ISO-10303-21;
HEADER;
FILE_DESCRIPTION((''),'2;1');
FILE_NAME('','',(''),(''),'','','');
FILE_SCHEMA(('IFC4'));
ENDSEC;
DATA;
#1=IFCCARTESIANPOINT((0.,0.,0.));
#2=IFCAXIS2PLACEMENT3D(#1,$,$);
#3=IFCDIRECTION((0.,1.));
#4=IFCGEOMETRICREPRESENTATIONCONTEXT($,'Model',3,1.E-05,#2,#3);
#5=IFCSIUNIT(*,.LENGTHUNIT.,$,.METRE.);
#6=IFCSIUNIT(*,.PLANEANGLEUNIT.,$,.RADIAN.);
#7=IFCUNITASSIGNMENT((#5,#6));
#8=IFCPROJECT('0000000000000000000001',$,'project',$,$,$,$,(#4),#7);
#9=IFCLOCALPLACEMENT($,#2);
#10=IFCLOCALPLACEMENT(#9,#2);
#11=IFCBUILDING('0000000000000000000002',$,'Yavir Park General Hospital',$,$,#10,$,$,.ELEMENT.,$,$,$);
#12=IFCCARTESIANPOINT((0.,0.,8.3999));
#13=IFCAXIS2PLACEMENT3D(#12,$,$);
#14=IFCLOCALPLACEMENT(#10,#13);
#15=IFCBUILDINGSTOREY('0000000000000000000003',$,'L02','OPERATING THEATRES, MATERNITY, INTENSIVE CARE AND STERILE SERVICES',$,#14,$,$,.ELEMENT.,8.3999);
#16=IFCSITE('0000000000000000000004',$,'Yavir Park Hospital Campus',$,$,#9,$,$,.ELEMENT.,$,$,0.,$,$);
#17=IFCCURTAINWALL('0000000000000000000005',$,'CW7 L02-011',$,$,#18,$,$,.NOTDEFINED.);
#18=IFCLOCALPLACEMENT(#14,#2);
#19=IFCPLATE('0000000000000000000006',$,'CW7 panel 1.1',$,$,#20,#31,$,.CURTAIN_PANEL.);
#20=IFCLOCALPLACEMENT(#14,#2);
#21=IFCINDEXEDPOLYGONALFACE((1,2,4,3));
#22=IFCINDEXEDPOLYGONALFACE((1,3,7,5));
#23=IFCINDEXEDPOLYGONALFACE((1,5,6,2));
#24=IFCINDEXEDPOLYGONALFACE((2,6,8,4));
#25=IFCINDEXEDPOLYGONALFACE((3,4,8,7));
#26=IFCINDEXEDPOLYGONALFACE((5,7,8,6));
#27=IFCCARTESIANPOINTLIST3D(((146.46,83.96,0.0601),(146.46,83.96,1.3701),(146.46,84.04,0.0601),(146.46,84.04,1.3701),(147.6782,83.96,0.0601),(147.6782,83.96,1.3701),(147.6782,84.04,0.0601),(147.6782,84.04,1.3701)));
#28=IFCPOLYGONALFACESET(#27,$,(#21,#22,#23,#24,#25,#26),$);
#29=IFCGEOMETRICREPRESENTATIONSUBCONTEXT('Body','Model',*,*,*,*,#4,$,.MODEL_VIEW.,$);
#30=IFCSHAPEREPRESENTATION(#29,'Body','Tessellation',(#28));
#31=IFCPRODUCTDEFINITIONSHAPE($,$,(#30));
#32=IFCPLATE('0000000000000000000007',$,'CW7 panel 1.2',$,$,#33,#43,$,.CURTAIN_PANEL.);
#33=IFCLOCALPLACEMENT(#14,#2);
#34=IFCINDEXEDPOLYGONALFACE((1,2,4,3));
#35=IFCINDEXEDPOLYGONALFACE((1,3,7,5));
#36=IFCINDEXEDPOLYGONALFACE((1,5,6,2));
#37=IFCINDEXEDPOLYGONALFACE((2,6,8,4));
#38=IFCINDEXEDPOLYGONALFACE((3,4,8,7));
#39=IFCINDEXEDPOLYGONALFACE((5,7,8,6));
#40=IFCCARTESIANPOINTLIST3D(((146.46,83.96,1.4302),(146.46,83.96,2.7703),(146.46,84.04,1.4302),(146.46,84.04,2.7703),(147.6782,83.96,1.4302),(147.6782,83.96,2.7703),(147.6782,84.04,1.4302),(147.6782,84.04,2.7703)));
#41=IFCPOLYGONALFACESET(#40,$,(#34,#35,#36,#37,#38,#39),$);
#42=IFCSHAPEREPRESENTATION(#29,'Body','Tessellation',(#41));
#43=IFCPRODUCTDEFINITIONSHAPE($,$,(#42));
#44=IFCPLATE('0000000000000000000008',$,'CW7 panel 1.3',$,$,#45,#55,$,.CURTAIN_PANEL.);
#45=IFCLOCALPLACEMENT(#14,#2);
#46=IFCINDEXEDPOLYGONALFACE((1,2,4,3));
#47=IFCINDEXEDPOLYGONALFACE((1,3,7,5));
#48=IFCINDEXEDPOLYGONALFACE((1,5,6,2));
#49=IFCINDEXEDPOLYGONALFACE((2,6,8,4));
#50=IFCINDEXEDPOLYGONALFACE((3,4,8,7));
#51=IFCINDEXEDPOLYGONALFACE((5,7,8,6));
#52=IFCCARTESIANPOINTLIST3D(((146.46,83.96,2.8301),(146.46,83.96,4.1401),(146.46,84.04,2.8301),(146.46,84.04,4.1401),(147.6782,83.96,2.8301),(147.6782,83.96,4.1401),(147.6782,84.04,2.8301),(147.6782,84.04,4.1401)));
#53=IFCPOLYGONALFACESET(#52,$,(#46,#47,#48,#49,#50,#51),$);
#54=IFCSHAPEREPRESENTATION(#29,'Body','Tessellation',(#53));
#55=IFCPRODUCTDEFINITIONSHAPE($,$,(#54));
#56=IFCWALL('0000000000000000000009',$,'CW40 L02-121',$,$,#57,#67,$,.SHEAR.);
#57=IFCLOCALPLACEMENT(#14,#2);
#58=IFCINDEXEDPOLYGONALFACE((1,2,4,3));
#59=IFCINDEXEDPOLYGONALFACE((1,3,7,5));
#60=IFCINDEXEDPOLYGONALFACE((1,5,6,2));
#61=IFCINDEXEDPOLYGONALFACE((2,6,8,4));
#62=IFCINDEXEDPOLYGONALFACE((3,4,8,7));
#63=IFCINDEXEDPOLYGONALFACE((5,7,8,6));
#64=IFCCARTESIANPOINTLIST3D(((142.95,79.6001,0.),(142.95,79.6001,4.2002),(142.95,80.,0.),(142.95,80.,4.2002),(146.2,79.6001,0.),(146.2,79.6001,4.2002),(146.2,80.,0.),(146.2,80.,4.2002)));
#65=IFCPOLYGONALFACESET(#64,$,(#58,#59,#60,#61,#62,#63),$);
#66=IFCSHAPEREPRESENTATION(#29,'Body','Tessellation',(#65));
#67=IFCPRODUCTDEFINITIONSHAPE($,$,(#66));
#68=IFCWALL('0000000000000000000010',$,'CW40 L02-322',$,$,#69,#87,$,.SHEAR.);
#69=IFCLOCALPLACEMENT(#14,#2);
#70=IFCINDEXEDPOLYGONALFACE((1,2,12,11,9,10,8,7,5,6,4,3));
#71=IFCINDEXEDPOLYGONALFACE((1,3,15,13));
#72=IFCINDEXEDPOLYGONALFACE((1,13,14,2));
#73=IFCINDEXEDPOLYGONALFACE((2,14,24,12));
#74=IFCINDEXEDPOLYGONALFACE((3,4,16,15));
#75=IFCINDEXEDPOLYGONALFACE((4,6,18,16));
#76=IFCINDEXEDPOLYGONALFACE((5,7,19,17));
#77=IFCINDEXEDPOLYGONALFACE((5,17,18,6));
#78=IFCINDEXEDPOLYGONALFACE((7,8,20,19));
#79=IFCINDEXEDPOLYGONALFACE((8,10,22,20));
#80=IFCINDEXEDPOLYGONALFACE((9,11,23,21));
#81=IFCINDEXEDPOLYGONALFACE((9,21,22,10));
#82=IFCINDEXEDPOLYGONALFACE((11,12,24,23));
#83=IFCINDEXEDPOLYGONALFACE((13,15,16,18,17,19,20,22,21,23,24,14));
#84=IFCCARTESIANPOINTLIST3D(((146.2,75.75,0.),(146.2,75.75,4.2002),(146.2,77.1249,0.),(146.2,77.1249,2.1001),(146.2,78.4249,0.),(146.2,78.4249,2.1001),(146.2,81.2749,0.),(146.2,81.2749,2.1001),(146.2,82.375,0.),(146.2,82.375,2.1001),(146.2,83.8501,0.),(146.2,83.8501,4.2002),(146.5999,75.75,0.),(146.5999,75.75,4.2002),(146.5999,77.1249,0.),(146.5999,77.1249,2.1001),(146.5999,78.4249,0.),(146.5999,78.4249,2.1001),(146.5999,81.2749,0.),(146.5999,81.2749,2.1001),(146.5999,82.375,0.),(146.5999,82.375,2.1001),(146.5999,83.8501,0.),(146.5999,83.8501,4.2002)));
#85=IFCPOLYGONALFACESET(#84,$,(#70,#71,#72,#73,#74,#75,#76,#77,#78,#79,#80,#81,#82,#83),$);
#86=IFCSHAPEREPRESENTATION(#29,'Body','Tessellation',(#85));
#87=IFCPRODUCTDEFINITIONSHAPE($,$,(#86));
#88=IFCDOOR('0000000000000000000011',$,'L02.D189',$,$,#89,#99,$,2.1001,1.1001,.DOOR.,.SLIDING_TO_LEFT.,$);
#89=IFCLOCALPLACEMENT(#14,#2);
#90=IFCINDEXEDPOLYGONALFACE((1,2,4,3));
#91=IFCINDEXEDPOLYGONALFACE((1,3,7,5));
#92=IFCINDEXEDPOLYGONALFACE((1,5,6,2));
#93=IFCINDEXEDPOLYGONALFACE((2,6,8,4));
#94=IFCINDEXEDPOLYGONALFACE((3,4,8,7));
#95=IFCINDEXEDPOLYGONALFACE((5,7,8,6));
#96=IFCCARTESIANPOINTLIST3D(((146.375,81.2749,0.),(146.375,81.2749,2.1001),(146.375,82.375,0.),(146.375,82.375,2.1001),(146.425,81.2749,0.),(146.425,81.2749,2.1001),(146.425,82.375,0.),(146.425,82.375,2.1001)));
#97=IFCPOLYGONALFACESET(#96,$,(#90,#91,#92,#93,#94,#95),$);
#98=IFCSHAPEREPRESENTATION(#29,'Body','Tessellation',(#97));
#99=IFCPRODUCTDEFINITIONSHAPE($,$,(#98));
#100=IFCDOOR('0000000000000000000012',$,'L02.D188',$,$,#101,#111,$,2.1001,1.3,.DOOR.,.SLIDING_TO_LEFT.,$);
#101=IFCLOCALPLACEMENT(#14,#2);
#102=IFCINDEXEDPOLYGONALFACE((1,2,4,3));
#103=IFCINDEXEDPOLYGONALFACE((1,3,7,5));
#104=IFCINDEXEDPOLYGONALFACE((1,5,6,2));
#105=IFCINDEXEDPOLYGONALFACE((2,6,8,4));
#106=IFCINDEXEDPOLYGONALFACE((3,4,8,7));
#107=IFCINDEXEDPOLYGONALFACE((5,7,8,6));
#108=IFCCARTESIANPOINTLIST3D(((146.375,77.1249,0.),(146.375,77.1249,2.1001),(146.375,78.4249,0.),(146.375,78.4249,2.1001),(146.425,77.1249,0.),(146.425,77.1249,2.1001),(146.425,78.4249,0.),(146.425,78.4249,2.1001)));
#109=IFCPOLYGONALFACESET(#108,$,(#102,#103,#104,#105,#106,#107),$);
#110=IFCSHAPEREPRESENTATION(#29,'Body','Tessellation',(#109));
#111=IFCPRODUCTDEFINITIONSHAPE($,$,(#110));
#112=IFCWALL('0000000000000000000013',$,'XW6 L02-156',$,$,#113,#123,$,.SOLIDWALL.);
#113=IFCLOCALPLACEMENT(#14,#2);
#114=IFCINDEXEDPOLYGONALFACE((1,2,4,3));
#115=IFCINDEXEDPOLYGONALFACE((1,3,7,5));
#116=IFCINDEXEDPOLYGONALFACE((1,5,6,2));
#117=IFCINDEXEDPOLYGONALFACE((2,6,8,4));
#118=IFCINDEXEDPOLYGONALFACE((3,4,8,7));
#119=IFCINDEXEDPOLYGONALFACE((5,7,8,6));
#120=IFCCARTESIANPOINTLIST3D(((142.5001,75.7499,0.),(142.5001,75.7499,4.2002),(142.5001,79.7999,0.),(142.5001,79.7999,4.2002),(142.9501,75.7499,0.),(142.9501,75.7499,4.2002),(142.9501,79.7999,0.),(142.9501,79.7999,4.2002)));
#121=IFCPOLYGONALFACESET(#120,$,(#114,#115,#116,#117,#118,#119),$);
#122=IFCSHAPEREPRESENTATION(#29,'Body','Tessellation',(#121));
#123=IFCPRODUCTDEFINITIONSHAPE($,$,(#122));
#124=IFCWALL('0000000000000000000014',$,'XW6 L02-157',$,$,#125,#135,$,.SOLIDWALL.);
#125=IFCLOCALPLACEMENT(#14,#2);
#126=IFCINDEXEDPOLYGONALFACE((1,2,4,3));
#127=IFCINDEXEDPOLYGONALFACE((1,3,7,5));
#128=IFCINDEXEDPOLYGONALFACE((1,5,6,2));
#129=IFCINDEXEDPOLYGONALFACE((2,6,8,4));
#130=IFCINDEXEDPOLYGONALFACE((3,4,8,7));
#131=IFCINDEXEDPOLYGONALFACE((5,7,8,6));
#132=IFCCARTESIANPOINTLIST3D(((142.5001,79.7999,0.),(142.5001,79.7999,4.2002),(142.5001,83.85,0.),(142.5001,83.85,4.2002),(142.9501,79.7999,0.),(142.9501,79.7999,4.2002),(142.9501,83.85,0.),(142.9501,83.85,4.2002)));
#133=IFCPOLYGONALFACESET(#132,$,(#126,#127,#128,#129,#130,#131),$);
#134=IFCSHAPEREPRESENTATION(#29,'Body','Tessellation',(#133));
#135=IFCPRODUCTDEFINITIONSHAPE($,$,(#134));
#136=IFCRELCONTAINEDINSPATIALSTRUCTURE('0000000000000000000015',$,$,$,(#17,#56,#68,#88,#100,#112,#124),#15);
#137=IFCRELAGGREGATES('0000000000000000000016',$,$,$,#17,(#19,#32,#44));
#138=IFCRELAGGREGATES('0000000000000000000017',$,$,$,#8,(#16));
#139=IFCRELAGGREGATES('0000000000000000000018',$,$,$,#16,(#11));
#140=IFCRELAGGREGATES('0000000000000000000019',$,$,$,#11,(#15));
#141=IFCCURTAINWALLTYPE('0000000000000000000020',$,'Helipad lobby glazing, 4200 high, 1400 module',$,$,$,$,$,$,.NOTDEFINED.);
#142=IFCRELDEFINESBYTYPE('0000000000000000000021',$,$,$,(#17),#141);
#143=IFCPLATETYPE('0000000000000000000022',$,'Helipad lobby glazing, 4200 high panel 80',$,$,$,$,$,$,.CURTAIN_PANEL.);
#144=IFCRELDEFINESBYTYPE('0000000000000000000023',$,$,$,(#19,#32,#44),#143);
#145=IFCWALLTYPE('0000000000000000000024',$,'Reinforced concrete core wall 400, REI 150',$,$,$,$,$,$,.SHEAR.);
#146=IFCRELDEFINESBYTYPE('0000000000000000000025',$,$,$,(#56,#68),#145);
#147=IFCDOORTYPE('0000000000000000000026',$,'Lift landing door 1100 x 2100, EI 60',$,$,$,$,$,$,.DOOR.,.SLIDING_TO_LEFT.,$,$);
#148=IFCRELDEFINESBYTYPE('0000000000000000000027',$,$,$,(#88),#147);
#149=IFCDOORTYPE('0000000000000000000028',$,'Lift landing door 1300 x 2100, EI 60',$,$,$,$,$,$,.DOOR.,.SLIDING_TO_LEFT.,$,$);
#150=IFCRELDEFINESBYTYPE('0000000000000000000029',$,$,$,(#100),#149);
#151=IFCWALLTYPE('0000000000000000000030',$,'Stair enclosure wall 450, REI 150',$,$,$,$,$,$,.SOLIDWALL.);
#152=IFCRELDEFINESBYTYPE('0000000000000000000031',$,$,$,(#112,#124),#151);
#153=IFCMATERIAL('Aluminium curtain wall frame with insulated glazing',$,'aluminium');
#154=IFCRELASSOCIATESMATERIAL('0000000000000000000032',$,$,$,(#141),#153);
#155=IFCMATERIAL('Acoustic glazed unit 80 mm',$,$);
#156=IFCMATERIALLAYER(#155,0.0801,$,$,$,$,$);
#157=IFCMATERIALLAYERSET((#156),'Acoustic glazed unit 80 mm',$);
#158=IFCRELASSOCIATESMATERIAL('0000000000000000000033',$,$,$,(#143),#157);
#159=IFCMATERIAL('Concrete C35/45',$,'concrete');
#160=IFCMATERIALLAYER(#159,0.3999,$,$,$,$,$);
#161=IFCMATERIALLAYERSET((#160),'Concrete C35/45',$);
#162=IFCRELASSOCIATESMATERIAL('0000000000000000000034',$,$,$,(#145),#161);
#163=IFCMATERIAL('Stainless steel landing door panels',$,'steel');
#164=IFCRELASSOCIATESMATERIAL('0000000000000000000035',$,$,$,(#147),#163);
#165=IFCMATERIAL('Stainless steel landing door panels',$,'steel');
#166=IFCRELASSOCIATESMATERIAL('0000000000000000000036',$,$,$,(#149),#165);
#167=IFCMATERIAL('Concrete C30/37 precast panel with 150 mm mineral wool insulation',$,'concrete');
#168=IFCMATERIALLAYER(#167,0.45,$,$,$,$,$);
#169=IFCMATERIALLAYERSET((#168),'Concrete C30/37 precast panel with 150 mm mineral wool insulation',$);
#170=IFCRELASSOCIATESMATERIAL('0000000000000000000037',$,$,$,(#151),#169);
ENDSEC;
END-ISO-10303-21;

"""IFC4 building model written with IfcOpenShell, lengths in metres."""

from ifc_helpers import new_model, si_unit, direction, frame, frame_2d, origin, origin_2d, place, context, subcontext, project, spatial, rectangle, extrude, material, layer, layer_set, type_object, element, fill, aggregate, save


model = new_model("IFC4")

# Units and contexts
model_context = context("Model", 3, precision=1e-05, world=origin(), true_north=direction((0.0, 1.0)))
body_context = subcontext(model_context, "Body", "Model", "MODEL_VIEW")
ifc_project = project(units=[si_unit("LENGTHUNIT", "METRE"), si_unit("PLANEANGLEUNIT", "RADIAN")], contexts=[model_context])

# Site, building, storey
site_placement = place(None, origin())
site = spatial("IfcSite", under=ifc_project, at=site_placement, Name="Yavir Park Hospital Campus", CompositionType="ELEMENT", RefElevation=0.0)
building_placement = place(site_placement, origin())
building = spatial("IfcBuilding", under=site, at=building_placement, Name="Yavir Park General Hospital", CompositionType="ELEMENT")
storey_placement = place(building_placement, frame((0.0, 0.0, 8.3999)))
storey = spatial("IfcBuildingStorey", under=building, at=storey_placement, Name="L02", Description="OPERATING THEATRES, MATERNITY, INTENSIVE CARE AND STERILE SERVICES", CompositionType="ELEMENT", Elevation=8.3999)

# Curtain wall
ifc_material_1 = material(Name="Aluminium curtain wall frame with insulated glazing", Category="aluminium")
curtain_wall_type = type_object("IfcCurtainWallType", Name="Helipad lobby glazing, 4200 high, 1400 module", PredefinedType="NOTDEFINED", material=ifc_material_1)
curtain_wall_placement = place(storey_placement, origin())
curtain_wall = element("IfcCurtainWall", 1, at=curtain_wall_placement, inside=storey, type_object=curtain_wall_type, Name="CW7 L02-011", PredefinedType="NOTDEFINED")

# Plates
ifc_material_2 = material(Name="Acoustic glazed unit 80 mm")
ifc_layer_1 = layer(ifc_material_2, 0.0801)
ifc_layer_set_1 = layer_set([ifc_layer_1], Name="Acoustic glazed unit 80 mm")
plate_type = type_object("IfcPlateType", Name="Helipad lobby glazing, 4200 high panel 80", PredefinedType="CURTAIN_PANEL", material=ifc_layer_set_1)
plate_1_placement = place(storey_placement, frame((147.0691, 84.0, 0.0601), z_axis=(0.0, 0.0, 1.0), x_axis=(1.0, 0.0, 0.0)))
plate_1 = element("IfcPlate", 2, at=plate_1_placement, type_object=plate_type, Name="CW7 panel 1.1", PredefinedType="CURTAIN_PANEL", context=body_context, shape_type="SweptSolid", body=[
    extrude(rectangle(XDim=1.2183, YDim=0.0801, at=origin_2d()), origin(), (0.0, 0.0, 1.0), 1.3101),
])
plate_2_placement = place(storey_placement, frame((147.0691, 84.0, 1.4302), z_axis=(0.0, 0.0, 1.0), x_axis=(1.0, 0.0, 0.0)))
plate_2 = element("IfcPlate", 3, at=plate_2_placement, type_object=plate_type, Name="CW7 panel 1.2", PredefinedType="CURTAIN_PANEL", context=body_context, shape_type="SweptSolid", body=[
    extrude(rectangle(XDim=1.2183, YDim=0.0801, at=origin_2d()), origin(), (0.0, 0.0, 1.0), 1.3401),
])
plate_3_placement = place(storey_placement, frame((147.0691, 84.0, 2.8301), z_axis=(0.0, 0.0, 1.0), x_axis=(1.0, 0.0, 0.0)))
plate_3 = element("IfcPlate", 4, at=plate_3_placement, type_object=plate_type, Name="CW7 panel 1.3", PredefinedType="CURTAIN_PANEL", context=body_context, shape_type="SweptSolid", body=[
    extrude(rectangle(XDim=1.2183, YDim=0.0801, at=origin_2d()), origin(), (0.0, 0.0, 1.0), 1.3101),
])
aggregate(curtain_wall, [plate_1, plate_2, plate_3])

# Wall
ifc_material_3 = material(Name="Concrete C35/45", Category="concrete")
ifc_layer_2 = layer(ifc_material_3, 0.3999)
ifc_layer_set_2 = layer_set([ifc_layer_2], Name="Concrete C35/45")
wall_type_1 = type_object("IfcWallType", Name="Reinforced concrete core wall 400, REI 150", PredefinedType="SHEAR", material=ifc_layer_set_2)
wall_1_placement = place(storey_placement, frame((142.95, 79.8, 0.0), z_axis=(0.0, 0.0, 1.0), x_axis=(1.0, 0.0, 0.0)))
element("IfcWall", 5, at=wall_1_placement, inside=storey, type_object=wall_type_1, Name="CW40 L02-121", PredefinedType="SHEAR", context=body_context, shape_type="SweptSolid", body=[
    extrude(rectangle(XDim=3.25, YDim=0.3999, at=frame_2d((1.625, 0.0))), origin(), (0.0, 0.0, 1.0), 4.2002),
])

# Wall, openings, doors
wall_2_placement = place(storey_placement, frame((146.3999, 75.75, 0.0), z_axis=(0.0, 0.0, 1.0), x_axis=(0.0, 1.0, 0.0)))
wall_2 = element("IfcWall", 6, at=wall_2_placement, inside=storey, type_object=wall_type_1, Name="CW40 L02-322", PredefinedType="SHEAR", context=body_context, shape_type="SweptSolid", body=[
    extrude(rectangle(XDim=8.1001, YDim=0.3999, at=frame_2d((4.05, 0.0))), origin(), (0.0, 0.0, 1.0), 4.2002),
])
opening_1_placement = place(wall_2_placement, frame((1.375, 0.0, 0.0)))
opening_1 = element("IfcOpeningElement", 7, at=opening_1_placement, cuts=wall_2, PredefinedType="OPENING", context=body_context, shape_type="SweptSolid", body=[
    extrude(rectangle(XDim=1.3, YDim=2.1001, at=frame_2d((0.6499, 1.05))), frame((0.0, 0.21, 0.0), z_axis=(0.0, -1.0, 0.0), x_axis=(1.0, 0.0, 0.0)), (0.0, 0.0, 1.0), 0.4199),
])
opening_2_placement = place(wall_2_placement, frame((5.5249, 0.0, 0.0)))
opening_2 = element("IfcOpeningElement", 8, at=opening_2_placement, cuts=wall_2, PredefinedType="OPENING", context=body_context, shape_type="SweptSolid", body=[
    extrude(rectangle(XDim=1.1001, YDim=2.1001, at=frame_2d((0.55, 1.05))), frame((0.0, 0.21, 0.0), z_axis=(0.0, -1.0, 0.0), x_axis=(1.0, 0.0, 0.0)), (0.0, 0.0, 1.0), 0.4199),
])
ifc_material_4 = material(Name="Stainless steel landing door panels", Category="steel")
door_type_1 = type_object("IfcDoorType", Name="Lift landing door 1100 x 2100, EI 60", OperationType="SLIDING_TO_LEFT", PredefinedType="DOOR", material=ifc_material_4)
door_1_placement = place(opening_2_placement, origin())
door_1 = element("IfcDoor", 9, at=door_1_placement, inside=storey, type_object=door_type_1, Name="L02.D189", OperationType="SLIDING_TO_LEFT", OverallHeight=2.1001, OverallWidth=1.1001, PredefinedType="DOOR", context=body_context, shape_type="SweptSolid", body=[
    extrude(rectangle(XDim=1.1001, YDim=2.1001, at=frame_2d((0.55, 1.05))), frame((0.0, 0.0249, 0.0), z_axis=(0.0, -1.0, 0.0), x_axis=(1.0, 0.0, 0.0)), (0.0, 0.0, 1.0), 0.05),
])
fill(opening_2, door_1)
ifc_material_5 = material(Name="Stainless steel landing door panels", Category="steel")
door_type_2 = type_object("IfcDoorType", Name="Lift landing door 1300 x 2100, EI 60", OperationType="SLIDING_TO_LEFT", PredefinedType="DOOR", material=ifc_material_5)
door_2_placement = place(opening_1_placement, origin())
door_2 = element("IfcDoor", 10, at=door_2_placement, inside=storey, type_object=door_type_2, Name="L02.D188", OperationType="SLIDING_TO_LEFT", OverallHeight=2.1001, OverallWidth=1.3, PredefinedType="DOOR", context=body_context, shape_type="SweptSolid", body=[
    extrude(rectangle(XDim=1.3, YDim=2.1001, at=frame_2d((0.6499, 1.05))), frame((0.0, 0.0249, 0.0), z_axis=(0.0, -1.0, 0.0), x_axis=(1.0, 0.0, 0.0)), (0.0, 0.0, 1.0), 0.05),
])
fill(opening_1, door_2)

# Walls
ifc_material_6 = material(Name="Concrete C30/37 precast panel with 150 mm mineral wool insulation", Category="concrete")
ifc_layer_3 = layer(ifc_material_6, 0.45)
ifc_layer_set_3 = layer_set([ifc_layer_3], Name="Concrete C30/37 precast panel with 150 mm mineral wool insulation")
wall_type_2 = type_object("IfcWallType", Name="Stair enclosure wall 450, REI 150", PredefinedType="SOLIDWALL", material=ifc_layer_set_3)
for number, where, z_axis, x_axis, name in (
    (11, (142.7251, 75.75, 0.0), (0.0, 0.0, 1.0), (0.0, 1.0, 0.0), "XW6 L02-156"),
    (12, (142.7251, 79.8, 0.0), (0.0, 0.0, 1.0), (0.0, 1.0, 0.0), "XW6 L02-157"),
):
    element("IfcWall", number, at=place(storey_placement, frame(where, z_axis=z_axis, x_axis=x_axis)), inside=storey, type_object=wall_type_2, Name=name, PredefinedType="SOLIDWALL", context=body_context, shape_type="SweptSolid", body=[
        extrude(rectangle(XDim=4.05, YDim=0.45, at=frame_2d((2.0249, 0.0))), origin(), (0.0, 0.0, 1.0), 4.2002),
    ])

save(model, "model.ifc")
